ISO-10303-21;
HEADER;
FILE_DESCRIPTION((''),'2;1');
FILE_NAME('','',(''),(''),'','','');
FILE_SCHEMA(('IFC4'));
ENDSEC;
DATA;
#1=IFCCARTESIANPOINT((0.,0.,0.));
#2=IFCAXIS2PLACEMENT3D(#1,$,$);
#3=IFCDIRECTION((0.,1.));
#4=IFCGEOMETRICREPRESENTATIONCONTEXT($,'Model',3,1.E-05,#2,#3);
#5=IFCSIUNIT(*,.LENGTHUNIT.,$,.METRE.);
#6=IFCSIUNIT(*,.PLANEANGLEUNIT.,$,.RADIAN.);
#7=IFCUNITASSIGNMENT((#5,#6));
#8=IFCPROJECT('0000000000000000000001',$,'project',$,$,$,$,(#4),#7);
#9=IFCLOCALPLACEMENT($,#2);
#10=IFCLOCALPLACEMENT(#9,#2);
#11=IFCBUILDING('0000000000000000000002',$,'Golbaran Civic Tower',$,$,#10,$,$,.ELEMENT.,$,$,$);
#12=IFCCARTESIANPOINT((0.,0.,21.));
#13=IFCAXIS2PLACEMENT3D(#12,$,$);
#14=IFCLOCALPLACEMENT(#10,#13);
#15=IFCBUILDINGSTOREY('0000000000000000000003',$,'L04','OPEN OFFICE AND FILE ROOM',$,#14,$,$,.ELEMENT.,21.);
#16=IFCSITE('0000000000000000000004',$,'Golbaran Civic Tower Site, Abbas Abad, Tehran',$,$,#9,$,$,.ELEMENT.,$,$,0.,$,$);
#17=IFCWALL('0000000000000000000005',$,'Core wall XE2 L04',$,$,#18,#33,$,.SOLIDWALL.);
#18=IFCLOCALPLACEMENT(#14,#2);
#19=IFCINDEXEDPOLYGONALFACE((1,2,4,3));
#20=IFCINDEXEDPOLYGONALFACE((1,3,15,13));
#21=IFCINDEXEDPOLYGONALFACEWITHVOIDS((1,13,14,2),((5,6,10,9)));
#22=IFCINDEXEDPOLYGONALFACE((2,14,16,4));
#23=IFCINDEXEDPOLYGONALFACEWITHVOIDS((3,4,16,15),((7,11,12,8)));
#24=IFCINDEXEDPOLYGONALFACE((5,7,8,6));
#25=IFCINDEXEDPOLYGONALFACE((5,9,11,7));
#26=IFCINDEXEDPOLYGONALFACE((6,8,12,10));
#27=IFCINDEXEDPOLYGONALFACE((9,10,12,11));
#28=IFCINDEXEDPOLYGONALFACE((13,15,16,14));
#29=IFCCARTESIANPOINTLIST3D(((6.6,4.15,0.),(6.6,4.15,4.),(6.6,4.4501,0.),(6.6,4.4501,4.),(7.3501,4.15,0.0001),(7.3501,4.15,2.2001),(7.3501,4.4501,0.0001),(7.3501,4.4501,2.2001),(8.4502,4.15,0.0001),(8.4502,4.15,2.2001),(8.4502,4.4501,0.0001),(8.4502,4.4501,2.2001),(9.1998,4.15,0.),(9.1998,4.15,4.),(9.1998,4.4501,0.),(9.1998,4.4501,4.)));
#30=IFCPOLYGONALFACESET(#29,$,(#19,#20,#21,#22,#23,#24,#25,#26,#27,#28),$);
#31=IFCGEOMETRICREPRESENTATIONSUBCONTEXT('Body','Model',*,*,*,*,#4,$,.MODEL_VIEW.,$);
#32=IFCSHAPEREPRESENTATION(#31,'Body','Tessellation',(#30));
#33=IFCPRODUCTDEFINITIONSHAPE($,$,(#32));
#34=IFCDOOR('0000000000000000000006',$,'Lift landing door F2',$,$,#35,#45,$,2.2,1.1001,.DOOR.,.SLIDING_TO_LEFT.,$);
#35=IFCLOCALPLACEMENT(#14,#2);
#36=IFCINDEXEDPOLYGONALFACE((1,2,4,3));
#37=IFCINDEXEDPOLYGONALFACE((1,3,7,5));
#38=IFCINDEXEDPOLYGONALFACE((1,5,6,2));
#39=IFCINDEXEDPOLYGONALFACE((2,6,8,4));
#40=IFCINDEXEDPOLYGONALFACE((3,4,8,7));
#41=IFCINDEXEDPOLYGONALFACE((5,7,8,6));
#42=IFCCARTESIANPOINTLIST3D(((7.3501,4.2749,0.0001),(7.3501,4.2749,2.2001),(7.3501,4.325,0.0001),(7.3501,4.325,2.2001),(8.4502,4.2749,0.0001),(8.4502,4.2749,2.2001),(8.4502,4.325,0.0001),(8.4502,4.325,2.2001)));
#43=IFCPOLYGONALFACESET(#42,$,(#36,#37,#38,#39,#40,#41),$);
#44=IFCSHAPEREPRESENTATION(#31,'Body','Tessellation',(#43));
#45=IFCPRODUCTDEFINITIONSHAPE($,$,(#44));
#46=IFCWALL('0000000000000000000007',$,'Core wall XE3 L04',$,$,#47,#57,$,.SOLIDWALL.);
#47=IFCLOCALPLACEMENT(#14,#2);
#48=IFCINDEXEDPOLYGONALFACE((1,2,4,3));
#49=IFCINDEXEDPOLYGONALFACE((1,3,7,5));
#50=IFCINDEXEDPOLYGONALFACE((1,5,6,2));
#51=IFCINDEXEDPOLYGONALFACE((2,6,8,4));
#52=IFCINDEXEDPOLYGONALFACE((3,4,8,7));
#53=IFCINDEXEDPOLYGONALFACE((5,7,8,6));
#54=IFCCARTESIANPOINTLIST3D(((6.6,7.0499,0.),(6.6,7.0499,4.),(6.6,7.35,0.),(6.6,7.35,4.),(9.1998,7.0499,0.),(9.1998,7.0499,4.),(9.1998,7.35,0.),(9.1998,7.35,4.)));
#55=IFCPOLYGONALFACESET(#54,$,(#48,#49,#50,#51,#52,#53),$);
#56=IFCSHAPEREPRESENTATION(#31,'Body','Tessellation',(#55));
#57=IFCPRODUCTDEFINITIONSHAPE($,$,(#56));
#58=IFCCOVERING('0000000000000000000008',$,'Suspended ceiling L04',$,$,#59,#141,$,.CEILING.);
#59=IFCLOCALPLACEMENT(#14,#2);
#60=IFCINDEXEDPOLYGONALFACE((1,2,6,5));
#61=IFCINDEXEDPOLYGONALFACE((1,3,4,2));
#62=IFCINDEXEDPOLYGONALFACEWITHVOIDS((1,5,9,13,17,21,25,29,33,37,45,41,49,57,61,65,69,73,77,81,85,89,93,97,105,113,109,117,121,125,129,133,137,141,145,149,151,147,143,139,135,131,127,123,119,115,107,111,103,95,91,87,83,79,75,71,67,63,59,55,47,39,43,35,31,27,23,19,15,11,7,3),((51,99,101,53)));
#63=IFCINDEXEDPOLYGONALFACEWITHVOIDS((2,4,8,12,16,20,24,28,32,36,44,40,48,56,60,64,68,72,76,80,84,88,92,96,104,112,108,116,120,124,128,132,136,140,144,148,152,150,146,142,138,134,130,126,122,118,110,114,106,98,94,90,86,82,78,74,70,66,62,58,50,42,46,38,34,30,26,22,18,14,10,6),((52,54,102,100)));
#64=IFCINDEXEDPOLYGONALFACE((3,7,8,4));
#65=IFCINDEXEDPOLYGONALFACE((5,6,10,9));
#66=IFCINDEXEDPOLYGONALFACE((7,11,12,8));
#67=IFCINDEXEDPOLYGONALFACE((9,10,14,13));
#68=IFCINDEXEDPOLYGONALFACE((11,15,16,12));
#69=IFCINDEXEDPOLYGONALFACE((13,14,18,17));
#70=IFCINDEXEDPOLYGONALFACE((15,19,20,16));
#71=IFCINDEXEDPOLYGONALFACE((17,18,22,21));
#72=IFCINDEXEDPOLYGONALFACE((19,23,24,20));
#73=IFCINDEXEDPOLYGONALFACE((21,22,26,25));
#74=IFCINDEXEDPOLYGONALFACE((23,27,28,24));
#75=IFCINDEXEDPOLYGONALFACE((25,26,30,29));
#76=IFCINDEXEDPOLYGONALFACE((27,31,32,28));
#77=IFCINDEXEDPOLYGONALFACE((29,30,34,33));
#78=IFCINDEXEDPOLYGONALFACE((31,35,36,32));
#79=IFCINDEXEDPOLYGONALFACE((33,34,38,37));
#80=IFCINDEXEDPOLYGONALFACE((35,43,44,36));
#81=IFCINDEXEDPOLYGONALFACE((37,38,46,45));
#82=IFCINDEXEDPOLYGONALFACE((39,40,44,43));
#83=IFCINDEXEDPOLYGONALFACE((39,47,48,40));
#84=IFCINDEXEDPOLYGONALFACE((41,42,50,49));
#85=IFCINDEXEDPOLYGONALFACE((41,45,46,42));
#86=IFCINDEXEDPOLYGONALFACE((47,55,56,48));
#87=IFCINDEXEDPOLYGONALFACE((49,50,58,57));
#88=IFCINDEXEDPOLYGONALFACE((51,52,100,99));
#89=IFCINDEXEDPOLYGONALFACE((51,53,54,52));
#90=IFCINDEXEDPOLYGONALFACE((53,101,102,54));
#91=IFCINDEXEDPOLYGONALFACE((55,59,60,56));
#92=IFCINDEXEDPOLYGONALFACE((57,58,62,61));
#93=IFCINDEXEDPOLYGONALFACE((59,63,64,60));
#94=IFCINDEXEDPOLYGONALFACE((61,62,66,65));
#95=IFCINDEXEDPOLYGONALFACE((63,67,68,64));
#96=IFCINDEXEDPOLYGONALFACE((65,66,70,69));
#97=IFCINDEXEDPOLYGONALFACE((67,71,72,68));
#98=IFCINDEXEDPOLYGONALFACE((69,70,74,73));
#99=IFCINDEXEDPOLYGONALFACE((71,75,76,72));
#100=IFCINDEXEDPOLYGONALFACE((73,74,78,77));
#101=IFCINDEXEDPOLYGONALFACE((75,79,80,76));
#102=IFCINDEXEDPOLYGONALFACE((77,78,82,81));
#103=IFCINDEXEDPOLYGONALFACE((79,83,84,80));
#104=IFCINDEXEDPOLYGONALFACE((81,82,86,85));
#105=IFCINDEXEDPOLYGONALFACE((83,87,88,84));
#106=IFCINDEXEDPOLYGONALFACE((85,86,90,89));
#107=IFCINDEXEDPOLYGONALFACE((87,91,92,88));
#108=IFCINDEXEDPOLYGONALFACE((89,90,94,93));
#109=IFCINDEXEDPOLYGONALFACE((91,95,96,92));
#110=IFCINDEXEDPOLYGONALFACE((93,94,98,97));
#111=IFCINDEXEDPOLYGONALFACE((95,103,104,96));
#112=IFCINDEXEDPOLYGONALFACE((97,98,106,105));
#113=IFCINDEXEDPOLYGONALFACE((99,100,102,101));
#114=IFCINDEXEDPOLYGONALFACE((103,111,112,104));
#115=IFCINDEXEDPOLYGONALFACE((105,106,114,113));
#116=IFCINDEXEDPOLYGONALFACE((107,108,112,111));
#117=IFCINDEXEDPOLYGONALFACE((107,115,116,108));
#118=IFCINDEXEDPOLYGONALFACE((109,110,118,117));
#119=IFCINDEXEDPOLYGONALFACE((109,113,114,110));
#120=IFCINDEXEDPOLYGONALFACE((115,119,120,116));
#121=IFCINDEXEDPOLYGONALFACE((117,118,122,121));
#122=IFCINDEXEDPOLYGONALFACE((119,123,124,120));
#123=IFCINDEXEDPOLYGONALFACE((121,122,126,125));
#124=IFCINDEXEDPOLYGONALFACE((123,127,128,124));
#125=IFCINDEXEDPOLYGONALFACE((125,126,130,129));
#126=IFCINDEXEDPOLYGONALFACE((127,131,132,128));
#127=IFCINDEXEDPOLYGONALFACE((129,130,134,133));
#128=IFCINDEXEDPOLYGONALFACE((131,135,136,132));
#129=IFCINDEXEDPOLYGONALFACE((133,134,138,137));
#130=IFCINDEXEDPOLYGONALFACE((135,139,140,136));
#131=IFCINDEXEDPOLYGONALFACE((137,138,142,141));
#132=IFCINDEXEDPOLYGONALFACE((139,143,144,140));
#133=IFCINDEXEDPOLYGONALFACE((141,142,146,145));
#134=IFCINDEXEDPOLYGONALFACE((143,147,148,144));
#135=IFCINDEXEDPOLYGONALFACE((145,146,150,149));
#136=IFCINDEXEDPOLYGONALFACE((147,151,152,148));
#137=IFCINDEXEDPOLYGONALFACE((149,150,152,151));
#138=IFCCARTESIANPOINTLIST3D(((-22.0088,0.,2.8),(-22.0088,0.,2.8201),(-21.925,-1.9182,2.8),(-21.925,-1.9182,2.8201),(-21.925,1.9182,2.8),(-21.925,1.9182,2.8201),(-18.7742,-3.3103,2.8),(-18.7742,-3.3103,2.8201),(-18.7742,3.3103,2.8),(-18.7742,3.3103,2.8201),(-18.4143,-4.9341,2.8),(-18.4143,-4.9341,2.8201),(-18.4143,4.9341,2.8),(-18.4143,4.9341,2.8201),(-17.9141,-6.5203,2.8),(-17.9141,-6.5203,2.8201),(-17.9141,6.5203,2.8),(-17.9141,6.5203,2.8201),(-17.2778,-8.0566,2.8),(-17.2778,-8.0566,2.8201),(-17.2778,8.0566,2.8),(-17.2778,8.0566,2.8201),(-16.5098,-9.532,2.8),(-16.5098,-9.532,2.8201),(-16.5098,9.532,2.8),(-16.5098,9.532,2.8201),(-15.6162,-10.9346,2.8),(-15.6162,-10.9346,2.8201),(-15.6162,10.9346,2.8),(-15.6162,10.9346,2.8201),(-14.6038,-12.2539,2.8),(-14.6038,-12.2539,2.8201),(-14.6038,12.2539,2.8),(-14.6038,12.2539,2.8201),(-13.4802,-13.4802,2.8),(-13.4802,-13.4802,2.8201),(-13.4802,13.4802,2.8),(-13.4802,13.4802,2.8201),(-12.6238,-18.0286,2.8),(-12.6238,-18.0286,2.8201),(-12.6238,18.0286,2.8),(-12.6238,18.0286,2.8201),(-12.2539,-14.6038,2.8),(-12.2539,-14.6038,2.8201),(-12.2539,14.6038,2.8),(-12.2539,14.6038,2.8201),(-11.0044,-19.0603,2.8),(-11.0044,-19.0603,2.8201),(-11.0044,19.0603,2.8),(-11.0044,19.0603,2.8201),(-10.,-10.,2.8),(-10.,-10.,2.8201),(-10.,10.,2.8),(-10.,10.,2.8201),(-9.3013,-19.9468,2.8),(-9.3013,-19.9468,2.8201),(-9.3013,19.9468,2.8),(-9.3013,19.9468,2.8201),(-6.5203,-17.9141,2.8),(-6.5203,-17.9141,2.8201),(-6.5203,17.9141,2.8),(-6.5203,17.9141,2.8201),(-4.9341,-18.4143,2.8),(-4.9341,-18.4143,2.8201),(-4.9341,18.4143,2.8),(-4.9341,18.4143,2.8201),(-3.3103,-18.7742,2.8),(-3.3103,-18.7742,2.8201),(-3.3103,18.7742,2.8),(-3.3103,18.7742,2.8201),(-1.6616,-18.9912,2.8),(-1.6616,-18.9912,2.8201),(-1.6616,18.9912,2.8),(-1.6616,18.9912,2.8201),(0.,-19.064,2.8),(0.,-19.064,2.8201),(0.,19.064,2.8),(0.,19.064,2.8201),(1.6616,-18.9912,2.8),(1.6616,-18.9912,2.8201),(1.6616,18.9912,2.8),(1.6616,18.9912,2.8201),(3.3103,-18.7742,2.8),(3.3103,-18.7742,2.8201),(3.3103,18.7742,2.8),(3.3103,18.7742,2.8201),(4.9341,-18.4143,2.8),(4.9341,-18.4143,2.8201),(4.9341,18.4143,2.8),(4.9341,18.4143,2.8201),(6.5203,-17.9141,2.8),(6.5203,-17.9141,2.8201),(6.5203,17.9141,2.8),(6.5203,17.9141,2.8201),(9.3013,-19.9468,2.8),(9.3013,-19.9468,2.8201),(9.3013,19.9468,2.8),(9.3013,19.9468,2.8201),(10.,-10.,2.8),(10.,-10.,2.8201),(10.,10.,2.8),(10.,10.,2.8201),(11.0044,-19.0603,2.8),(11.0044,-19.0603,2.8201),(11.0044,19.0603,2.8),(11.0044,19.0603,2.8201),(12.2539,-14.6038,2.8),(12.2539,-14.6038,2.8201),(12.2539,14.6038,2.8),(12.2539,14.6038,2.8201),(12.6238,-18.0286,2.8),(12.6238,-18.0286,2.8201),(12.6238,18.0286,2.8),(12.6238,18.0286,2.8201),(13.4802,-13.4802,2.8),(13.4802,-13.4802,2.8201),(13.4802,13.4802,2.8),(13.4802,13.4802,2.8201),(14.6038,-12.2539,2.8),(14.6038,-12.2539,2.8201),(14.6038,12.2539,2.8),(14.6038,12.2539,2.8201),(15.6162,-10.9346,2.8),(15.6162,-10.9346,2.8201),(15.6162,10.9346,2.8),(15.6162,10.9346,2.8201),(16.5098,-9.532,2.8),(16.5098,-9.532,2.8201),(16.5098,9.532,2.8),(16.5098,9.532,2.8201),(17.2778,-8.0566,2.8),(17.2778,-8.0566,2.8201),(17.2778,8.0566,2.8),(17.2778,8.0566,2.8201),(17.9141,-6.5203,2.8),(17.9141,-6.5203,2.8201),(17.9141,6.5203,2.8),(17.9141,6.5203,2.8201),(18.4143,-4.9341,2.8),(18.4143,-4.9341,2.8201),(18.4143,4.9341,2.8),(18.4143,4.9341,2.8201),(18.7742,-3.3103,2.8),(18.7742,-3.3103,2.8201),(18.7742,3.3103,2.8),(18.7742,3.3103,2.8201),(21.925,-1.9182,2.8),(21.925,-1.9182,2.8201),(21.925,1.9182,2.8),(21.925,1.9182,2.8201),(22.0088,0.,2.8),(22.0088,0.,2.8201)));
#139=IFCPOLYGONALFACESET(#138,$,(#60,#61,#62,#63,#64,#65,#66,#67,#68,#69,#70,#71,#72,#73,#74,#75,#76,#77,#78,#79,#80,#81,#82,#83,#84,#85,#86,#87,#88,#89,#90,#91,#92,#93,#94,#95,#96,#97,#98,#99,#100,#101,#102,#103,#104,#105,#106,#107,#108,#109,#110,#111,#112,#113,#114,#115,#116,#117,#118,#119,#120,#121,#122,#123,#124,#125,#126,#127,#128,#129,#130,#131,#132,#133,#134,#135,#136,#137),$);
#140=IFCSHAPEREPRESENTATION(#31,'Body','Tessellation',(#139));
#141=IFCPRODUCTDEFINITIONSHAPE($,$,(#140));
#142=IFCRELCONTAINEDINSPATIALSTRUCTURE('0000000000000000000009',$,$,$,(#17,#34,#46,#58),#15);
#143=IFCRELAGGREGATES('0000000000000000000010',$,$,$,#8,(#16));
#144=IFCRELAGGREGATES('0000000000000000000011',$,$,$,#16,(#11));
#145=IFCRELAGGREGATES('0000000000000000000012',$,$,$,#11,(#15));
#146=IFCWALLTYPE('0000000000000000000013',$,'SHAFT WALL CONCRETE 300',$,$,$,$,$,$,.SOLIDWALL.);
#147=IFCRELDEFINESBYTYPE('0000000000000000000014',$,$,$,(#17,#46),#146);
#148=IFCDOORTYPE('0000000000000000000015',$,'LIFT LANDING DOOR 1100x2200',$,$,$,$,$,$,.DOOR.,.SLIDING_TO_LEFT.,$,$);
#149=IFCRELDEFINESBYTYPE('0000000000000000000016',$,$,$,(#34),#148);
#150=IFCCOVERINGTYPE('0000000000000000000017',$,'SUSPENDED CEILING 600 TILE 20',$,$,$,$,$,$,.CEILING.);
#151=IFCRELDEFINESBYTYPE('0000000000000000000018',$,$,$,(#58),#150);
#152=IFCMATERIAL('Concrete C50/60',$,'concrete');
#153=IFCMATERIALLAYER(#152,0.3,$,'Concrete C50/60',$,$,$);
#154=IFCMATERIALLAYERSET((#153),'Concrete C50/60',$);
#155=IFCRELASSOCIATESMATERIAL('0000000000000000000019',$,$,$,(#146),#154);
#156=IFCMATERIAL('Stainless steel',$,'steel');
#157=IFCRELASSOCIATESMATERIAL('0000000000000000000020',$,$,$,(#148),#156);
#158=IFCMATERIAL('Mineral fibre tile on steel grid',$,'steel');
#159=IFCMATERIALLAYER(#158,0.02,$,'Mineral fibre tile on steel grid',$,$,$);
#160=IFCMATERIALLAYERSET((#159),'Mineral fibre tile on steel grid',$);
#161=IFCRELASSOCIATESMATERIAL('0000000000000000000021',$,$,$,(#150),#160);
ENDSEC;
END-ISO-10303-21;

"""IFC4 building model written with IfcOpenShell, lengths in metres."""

from ifc_helpers import new_model, si_unit, direction, frame, frame_2d, origin, place, context, subcontext, project, spatial, polyline, rectangle, outline, extrude, material, layer, layer_set, type_object, element, fill, save


model = new_model("IFC4")

# Units and contexts
model_context = context("Model", 3, precision=1e-05, world=origin(), true_north=direction((0.0, 1.0)))
body_context = subcontext(model_context, "Body", "Model", "MODEL_VIEW")
ifc_project = project(units=[si_unit("LENGTHUNIT", "METRE"), si_unit("PLANEANGLEUNIT", "RADIAN")], contexts=[model_context])

# Site, building, storey
site_placement = place(None, origin())
site = spatial("IfcSite", under=ifc_project, at=site_placement, Name="Golbaran Civic Tower Site, Abbas Abad, Tehran", CompositionType="ELEMENT", RefElevation=0.0)
building_placement = place(site_placement, origin())
building = spatial("IfcBuilding", under=site, at=building_placement, Name="Golbaran Civic Tower", CompositionType="ELEMENT")
storey_placement = place(building_placement, frame((0.0, 0.0, 21.0)))
storey = spatial("IfcBuildingStorey", under=building, at=storey_placement, Name="L04", Description="OPEN OFFICE AND FILE ROOM", CompositionType="ELEMENT", Elevation=21.0)

# Shared definitions
ifc_material_1 = material(Name="Concrete C50/60", Category="concrete")

# Shared definitions
ifc_layer_1 = layer(ifc_material_1, 0.3, Name="Concrete C50/60")
ifc_layer_set_1 = layer_set([ifc_layer_1], Name="Concrete C50/60")
wall_type_1 = type_object("IfcWallType", Name="SHAFT WALL CONCRETE 300", PredefinedType="SOLIDWALL", material=ifc_layer_set_1)
ifc_material_2 = material(Name="Stainless steel", Category="steel")
door_type_1 = type_object("IfcDoorType", Name="LIFT LANDING DOOR 1100x2200", OperationType="SLIDING_TO_LEFT", PredefinedType="DOOR", material=ifc_material_2)

# Wall, opening, door
wall_1_placement = place(storey_placement, frame((6.6001, 4.3, 0.0), z_axis=(0.0, 0.0, 1.0), x_axis=(1.0, 0.0, 0.0)))
wall_1 = element("IfcWall", 1, at=wall_1_placement, inside=storey, type_object=wall_type_1, Name="Core wall XE2 L04", PredefinedType="SOLIDWALL", context=body_context, shape_type="SweptSolid", body=[
    extrude(rectangle(XDim=2.5999, YDim=0.3, at=frame_2d((1.2998, 0.0))), origin(), (0.0, 0.0, 1.0), 4.0),
])
opening_1_placement = place(wall_1_placement, frame((0.75, 0.0, 0.0)))
opening_1 = element("IfcOpeningElement", 2, at=opening_1_placement, cuts=wall_1, PredefinedType="OPENING", context=body_context, shape_type="SweptSolid", body=[
    extrude(rectangle(XDim=1.1001, YDim=2.2, at=frame_2d((0.55, 1.1001))), frame((0.0, 0.1599, 0.0), z_axis=(0.0, -1.0, 0.0), x_axis=(1.0, 0.0, 0.0)), (0.0, 0.0, 1.0), 0.3201),
])
door_1_placement = place(opening_1_placement, origin())
door_1 = element("IfcDoor", 3, at=door_1_placement, inside=storey, type_object=door_type_1, Name="Lift landing door F2", OperationType="SLIDING_TO_LEFT", OverallHeight=2.2, OverallWidth=1.1001, PredefinedType="DOOR", context=body_context, shape_type="SweptSolid", body=[
    extrude(rectangle(XDim=1.1001, YDim=2.2, at=frame_2d((0.55, 1.1001))), frame((0.0, 0.0249, 0.0), z_axis=(0.0, -1.0, 0.0), x_axis=(1.0, 0.0, 0.0)), (0.0, 0.0, 1.0), 0.05),
])
fill(opening_1, door_1)

# Wall
wall_2_placement = place(storey_placement, frame((6.6001, 7.2, 0.0), z_axis=(0.0, 0.0, 1.0), x_axis=(1.0, 0.0, 0.0)))
element("IfcWall", 4, at=wall_2_placement, inside=storey, type_object=wall_type_1, Name="Core wall XE3 L04", PredefinedType="SOLIDWALL", context=body_context, shape_type="SweptSolid", body=[
    extrude(rectangle(XDim=2.5999, YDim=0.3, at=frame_2d((1.2998, 0.0))), origin(), (0.0, 0.0, 1.0), 4.0),
])

# Covering
ifc_material_3 = material(Name="Mineral fibre tile on steel grid", Category="steel")
ifc_layer_2 = layer(ifc_material_3, 0.02, Name="Mineral fibre tile on steel grid")
ifc_layer_set_2 = layer_set([ifc_layer_2], Name="Mineral fibre tile on steel grid")
covering_type_1 = type_object("IfcCoveringType", Name="SUSPENDED CEILING 600 TILE 20", PredefinedType="CEILING", material=ifc_layer_set_2)
covering_1_placement = place(storey_placement, frame((0.0, 0.0, 2.8)))
element("IfcCovering", 5, at=covering_1_placement, inside=storey, type_object=covering_type_1, Name="Suspended ceiling L04", PredefinedType="CEILING", context=body_context, shape_type="SweptSolid", body=[
    extrude(outline(polyline([(-22.0088, 0.0), (-21.925, 1.9182), (-18.7742, 3.3103), (-18.4143, 4.9341), (-17.9141, 6.5203), (-17.2778, 8.0566), (-16.5098, 9.532), (-15.6162, 10.9346), (-14.6038, 12.2539), (-13.4802, 13.4802), (-12.2539, 14.6038), (-12.6238, 18.0286), (-11.0044, 19.0603), (-9.3013, 19.9468), (-6.5203, 17.9141), (-4.9341, 18.4143), (-3.3103, 18.7742), (-1.6616, 18.9912), (0.0, 19.064), (1.6616, 18.9912), (3.3103, 18.7742), (4.9341, 18.4143), (6.5203, 17.9141), (9.3013, 19.9468), (11.0044, 19.0603), (12.6238, 18.0286), (12.2539, 14.6038), (13.4802, 13.4802), (14.6038, 12.2539), (15.6162, 10.9346), (16.5098, 9.532), (17.2778, 8.0566), (17.9141, 6.5203), (18.4143, 4.9341), (18.7742, 3.3103), (21.925, 1.9182), (22.0088, 0.0), (21.925, -1.9182), (18.7742, -3.3103), (18.4143, -4.9341), (17.9141, -6.5203), (17.2778, -8.0566), (16.5098, -9.532), (15.6162, -10.9346), (14.6038, -12.2539), (13.4802, -13.4802), (12.2539, -14.6038), (12.6238, -18.0286), (11.0044, -19.0603), (9.3013, -19.9468), (6.5203, -17.9141), (4.9341, -18.4143), (3.3103, -18.7742), (1.6616, -18.9912), (0.0, -19.064), (-1.6616, -18.9912), (-3.3103, -18.7742), (-4.9341, -18.4143), (-6.5203, -17.9141), (-9.3013, -19.9468), (-11.0044, -19.0603), (-12.6238, -18.0286), (-12.2539, -14.6038), (-13.4802, -13.4802), (-14.6038, -12.2539), (-15.6162, -10.9346), (-16.5098, -9.532), (-17.2778, -8.0566), (-17.9141, -6.5203), (-18.4143, -4.9341), (-18.7742, -3.3103), (-21.925, -1.9182), (-22.0088, 0.0)]), holes=[polyline([(10.0, -10.0), (10.0, 10.0), (-10.0, 10.0), (-10.0, -10.0), (10.0, -10.0)])]), origin(), (0.0, 0.0, 1.0), 0.02),
])

save(model, "model.ifc")
